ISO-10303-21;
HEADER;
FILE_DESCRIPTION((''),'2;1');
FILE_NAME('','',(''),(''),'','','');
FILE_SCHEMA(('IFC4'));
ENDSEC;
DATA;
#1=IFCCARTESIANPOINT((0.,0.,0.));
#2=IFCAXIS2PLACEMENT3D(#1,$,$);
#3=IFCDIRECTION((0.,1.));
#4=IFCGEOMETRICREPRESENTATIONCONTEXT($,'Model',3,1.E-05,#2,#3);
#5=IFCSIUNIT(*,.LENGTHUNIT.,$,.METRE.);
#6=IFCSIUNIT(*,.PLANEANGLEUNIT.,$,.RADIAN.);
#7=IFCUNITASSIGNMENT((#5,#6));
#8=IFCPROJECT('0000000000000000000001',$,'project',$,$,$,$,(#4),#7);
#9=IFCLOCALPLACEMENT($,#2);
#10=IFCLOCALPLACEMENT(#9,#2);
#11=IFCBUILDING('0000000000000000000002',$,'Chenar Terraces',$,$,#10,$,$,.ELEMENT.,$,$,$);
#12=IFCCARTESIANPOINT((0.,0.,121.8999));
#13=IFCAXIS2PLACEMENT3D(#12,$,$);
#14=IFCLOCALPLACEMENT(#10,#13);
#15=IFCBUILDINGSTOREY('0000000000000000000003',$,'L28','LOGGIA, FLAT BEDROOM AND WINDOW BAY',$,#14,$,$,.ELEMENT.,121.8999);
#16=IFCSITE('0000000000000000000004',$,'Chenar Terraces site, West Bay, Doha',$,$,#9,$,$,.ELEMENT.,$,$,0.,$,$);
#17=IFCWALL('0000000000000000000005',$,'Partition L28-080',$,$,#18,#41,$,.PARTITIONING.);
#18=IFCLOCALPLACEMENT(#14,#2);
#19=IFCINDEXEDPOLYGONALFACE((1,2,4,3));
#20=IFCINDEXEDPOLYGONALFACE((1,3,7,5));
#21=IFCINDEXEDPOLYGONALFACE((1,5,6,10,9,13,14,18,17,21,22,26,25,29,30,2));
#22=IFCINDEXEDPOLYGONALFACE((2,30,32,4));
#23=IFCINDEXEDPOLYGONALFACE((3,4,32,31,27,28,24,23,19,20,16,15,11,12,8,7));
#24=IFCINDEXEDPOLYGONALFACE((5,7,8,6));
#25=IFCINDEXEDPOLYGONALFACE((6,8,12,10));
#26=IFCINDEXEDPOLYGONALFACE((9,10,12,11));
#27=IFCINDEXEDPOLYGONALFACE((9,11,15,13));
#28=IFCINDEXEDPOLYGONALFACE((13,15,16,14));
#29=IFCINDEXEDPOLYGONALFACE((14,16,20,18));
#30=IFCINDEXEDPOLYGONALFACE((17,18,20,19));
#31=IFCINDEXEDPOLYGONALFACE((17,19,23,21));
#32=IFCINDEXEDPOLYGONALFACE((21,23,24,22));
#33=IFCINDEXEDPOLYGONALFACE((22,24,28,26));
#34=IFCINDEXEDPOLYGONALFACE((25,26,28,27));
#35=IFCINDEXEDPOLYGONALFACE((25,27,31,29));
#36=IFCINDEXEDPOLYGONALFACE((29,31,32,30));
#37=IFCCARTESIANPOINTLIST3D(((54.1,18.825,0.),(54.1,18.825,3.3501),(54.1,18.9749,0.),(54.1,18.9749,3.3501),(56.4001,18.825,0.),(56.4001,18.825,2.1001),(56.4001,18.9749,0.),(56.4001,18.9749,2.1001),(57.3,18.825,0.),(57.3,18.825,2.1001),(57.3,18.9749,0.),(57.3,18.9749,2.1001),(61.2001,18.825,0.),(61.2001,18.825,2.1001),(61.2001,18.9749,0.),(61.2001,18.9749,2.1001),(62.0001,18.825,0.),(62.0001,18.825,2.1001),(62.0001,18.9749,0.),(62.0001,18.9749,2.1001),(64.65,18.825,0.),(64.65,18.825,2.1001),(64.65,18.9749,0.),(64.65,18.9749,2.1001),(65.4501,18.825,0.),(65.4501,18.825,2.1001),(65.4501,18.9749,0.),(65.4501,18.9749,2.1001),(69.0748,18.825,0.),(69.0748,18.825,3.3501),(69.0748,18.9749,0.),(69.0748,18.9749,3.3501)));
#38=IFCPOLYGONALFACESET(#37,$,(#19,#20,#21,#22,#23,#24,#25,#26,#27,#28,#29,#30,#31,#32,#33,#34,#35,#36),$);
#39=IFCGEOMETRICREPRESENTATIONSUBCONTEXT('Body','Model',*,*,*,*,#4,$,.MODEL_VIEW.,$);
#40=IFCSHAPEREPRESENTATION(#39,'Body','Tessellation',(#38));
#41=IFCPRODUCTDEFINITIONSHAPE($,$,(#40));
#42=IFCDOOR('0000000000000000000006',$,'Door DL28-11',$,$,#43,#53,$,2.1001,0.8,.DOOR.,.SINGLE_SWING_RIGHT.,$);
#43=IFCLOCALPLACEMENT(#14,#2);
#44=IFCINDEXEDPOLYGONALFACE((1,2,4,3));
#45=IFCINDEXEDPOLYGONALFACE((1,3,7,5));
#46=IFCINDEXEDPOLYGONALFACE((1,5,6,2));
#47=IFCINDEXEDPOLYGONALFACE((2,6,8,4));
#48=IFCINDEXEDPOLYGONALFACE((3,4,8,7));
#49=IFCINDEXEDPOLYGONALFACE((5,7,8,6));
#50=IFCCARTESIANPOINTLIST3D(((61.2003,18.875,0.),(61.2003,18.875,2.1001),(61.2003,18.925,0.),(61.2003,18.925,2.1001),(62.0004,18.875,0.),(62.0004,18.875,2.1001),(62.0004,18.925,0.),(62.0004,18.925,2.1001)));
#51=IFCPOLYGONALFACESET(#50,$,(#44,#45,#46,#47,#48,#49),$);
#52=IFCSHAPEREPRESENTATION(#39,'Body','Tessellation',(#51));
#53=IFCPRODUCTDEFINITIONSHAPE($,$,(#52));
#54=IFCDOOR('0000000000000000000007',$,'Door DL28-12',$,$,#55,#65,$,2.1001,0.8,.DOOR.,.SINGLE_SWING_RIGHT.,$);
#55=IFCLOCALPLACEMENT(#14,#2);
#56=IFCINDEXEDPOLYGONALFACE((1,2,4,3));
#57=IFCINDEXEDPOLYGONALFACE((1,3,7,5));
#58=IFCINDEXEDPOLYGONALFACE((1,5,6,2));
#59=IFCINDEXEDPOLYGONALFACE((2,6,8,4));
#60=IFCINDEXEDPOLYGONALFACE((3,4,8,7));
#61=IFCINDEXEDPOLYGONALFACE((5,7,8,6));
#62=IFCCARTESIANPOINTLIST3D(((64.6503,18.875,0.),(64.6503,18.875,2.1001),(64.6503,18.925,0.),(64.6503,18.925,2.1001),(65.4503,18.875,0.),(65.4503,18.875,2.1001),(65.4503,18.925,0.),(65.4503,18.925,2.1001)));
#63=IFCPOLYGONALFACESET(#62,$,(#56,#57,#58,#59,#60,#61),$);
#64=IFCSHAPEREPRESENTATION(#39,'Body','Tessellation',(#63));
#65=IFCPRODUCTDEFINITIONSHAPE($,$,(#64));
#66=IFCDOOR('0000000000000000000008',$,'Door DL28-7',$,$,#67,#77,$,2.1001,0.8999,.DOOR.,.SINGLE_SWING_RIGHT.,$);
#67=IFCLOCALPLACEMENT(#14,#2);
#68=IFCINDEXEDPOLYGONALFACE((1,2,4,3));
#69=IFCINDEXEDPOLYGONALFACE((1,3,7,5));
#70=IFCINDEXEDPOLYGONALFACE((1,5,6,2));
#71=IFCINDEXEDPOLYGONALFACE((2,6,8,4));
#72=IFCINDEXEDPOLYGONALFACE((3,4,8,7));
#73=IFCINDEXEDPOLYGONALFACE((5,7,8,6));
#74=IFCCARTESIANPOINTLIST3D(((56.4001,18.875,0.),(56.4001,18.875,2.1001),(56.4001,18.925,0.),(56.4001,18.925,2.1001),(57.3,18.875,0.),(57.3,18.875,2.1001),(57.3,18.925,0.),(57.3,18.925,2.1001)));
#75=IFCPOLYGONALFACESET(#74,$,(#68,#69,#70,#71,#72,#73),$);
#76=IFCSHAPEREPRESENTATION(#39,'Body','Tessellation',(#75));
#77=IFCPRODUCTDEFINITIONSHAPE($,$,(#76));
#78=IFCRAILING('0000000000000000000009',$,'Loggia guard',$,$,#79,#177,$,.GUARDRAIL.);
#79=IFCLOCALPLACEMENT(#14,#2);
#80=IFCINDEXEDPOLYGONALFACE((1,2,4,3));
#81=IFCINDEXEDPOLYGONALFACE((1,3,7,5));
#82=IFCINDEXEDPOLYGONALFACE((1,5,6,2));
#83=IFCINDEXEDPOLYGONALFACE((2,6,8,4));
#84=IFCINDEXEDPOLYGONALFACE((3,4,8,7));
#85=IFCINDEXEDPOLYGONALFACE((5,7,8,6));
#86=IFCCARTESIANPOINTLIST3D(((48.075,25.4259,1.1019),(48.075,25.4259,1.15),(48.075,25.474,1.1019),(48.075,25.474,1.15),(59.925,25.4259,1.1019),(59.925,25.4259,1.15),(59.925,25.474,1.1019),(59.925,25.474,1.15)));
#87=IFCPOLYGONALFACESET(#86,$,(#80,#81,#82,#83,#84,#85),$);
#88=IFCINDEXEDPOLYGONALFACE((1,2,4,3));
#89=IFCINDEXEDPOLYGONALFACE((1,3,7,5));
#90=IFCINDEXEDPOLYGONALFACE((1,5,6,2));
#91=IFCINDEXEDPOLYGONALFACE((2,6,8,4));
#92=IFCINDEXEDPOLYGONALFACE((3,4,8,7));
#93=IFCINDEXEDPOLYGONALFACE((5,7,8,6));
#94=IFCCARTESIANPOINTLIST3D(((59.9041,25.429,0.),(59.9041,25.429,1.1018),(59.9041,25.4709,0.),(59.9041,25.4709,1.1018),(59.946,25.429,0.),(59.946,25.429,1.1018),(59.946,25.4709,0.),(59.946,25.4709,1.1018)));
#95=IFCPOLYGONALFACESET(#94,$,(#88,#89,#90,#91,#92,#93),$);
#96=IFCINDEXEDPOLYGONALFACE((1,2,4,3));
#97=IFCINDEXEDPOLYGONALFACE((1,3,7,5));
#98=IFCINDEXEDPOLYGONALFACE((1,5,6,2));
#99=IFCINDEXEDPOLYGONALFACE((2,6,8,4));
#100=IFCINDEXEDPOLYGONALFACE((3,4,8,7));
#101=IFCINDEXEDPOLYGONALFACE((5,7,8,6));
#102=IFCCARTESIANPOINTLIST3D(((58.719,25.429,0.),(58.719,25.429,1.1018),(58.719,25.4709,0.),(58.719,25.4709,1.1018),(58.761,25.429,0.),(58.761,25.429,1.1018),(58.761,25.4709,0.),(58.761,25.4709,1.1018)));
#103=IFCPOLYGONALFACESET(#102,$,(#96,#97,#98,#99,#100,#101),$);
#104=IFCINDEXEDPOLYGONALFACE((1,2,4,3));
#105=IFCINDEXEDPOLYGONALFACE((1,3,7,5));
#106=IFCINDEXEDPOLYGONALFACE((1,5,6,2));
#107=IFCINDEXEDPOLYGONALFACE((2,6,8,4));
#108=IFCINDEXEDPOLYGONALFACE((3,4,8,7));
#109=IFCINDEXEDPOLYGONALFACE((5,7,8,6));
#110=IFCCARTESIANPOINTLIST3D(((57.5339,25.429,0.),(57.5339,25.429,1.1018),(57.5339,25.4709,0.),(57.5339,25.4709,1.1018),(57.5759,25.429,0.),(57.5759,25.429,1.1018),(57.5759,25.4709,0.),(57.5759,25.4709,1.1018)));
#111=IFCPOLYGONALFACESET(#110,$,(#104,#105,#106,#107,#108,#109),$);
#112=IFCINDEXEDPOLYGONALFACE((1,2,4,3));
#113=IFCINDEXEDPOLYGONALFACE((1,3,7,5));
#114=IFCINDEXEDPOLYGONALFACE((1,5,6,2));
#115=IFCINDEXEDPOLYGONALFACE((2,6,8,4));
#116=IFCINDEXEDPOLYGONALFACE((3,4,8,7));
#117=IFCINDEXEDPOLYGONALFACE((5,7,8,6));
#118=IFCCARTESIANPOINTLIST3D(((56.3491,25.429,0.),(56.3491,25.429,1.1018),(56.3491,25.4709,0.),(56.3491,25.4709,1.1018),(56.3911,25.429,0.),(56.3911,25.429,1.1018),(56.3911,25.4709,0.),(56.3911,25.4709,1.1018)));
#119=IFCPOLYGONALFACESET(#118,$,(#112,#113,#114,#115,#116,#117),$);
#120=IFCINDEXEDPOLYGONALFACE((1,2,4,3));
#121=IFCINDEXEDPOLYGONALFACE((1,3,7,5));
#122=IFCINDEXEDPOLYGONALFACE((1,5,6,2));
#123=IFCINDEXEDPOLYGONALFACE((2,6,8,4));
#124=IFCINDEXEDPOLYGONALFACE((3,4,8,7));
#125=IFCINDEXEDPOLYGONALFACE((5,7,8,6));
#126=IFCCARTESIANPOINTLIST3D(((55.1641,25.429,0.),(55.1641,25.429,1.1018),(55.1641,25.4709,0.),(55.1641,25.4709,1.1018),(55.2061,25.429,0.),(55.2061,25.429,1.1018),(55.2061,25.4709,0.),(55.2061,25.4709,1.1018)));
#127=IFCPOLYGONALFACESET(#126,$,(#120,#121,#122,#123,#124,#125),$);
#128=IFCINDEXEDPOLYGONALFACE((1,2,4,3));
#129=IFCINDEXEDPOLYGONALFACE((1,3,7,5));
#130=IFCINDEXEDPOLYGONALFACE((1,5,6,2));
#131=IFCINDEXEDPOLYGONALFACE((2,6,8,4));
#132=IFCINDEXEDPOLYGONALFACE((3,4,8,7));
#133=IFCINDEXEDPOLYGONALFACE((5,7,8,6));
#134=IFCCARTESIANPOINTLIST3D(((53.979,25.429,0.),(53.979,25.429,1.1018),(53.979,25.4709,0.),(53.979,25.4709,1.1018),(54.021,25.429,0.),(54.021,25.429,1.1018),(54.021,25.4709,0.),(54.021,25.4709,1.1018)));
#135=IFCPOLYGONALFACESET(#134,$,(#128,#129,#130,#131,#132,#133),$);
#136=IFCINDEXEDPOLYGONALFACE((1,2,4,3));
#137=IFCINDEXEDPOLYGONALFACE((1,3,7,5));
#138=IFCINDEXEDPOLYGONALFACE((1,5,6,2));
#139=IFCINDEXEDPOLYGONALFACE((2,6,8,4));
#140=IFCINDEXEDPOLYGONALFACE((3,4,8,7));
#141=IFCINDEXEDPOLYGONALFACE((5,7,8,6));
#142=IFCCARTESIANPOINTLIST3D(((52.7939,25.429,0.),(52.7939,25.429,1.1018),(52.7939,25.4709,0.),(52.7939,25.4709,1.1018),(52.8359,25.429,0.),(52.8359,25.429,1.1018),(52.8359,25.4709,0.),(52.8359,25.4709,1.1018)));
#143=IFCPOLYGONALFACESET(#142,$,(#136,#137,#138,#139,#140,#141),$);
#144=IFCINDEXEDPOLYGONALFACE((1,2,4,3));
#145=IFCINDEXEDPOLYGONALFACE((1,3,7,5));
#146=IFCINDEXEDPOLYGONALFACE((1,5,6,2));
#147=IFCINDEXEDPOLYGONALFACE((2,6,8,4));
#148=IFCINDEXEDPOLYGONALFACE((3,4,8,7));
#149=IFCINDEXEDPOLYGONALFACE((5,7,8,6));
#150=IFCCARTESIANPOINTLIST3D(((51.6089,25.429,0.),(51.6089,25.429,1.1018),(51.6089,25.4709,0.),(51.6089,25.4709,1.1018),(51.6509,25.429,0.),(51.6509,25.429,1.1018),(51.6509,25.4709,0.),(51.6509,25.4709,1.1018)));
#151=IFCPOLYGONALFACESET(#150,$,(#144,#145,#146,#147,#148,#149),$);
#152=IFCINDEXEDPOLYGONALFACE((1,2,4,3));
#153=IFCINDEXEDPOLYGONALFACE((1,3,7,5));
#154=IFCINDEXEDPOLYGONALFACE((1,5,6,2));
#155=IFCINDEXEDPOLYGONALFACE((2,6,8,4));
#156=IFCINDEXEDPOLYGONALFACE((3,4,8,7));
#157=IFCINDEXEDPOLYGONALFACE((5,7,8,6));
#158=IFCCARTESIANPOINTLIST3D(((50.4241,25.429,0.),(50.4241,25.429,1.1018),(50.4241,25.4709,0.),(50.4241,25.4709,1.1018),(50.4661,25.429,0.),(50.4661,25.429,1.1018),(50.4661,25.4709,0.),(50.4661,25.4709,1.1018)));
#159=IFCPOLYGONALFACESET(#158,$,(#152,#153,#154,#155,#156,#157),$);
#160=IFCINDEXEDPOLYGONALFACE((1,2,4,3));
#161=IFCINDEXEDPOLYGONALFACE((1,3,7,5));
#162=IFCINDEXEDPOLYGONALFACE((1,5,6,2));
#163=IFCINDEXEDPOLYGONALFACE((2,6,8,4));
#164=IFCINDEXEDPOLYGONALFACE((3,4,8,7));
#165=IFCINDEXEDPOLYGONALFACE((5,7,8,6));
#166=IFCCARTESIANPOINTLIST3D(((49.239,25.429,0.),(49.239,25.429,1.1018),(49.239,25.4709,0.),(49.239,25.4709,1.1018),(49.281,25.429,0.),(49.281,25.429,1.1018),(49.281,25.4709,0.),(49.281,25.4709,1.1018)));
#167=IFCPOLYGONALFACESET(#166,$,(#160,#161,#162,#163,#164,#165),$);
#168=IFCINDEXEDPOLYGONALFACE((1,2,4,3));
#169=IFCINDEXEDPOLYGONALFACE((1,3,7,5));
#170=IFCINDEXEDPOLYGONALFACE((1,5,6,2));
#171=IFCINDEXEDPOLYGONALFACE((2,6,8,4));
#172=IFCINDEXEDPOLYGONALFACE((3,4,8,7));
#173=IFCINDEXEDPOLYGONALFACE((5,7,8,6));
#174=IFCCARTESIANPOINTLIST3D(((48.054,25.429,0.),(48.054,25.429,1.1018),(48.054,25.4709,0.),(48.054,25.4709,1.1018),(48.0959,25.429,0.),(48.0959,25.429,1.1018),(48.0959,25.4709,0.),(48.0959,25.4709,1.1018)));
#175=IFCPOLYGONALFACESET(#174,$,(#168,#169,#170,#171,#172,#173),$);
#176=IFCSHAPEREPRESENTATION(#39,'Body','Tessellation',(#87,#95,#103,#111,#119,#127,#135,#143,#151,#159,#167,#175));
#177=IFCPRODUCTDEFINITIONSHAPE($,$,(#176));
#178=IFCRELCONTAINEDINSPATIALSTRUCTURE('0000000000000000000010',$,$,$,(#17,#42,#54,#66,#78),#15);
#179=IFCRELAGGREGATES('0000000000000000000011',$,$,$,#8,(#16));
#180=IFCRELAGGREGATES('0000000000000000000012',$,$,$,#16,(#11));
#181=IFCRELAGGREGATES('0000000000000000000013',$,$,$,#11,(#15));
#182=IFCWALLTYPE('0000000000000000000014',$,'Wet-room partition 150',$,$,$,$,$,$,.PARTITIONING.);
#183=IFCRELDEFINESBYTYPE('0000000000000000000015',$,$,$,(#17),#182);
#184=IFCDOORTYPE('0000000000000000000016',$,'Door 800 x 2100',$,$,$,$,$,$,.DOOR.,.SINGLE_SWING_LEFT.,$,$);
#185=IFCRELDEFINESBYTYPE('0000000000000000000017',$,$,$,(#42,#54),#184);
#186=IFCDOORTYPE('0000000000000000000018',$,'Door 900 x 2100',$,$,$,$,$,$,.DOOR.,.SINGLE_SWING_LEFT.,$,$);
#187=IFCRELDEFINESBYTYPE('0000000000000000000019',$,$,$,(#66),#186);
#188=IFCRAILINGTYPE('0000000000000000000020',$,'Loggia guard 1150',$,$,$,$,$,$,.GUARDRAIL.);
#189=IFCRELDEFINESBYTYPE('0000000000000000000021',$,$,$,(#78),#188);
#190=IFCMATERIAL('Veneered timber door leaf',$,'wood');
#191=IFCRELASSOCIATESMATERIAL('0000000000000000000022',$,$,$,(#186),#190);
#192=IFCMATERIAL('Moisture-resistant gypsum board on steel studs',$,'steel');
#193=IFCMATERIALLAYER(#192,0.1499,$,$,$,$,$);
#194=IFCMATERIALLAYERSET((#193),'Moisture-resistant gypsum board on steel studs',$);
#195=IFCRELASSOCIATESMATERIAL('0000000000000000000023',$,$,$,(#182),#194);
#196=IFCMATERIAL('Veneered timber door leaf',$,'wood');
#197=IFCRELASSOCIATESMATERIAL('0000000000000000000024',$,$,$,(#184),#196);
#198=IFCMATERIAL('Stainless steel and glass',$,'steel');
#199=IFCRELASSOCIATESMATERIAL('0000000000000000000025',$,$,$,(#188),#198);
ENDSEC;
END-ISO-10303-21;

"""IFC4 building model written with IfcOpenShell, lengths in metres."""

from ifc_helpers import new_model, si_unit, direction, frame, frame_2d, origin, origin_2d, place, context, subcontext, project, spatial, rectangle, extrude, material, layer, layer_set, type_object, element, fill, save


model = new_model("IFC4")

# Units and contexts
model_context = context("Model", 3, precision=1e-05, world=origin(), true_north=direction((0.0, 1.0)))
body_context = subcontext(model_context, "Body", "Model", "MODEL_VIEW")
ifc_project = project(units=[si_unit("LENGTHUNIT", "METRE"), si_unit("PLANEANGLEUNIT", "RADIAN")], contexts=[model_context])

# Site, building, storey
site_placement = place(None, origin())
site = spatial("IfcSite", under=ifc_project, at=site_placement, Name="Chenar Terraces site, West Bay, Doha", CompositionType="ELEMENT", RefElevation=0.0)
building_placement = place(site_placement, origin())
building = spatial("IfcBuilding", under=site, at=building_placement, Name="Chenar Terraces", CompositionType="ELEMENT")
storey_placement = place(building_placement, frame((0.0, 0.0, 121.8999)))
storey = spatial("IfcBuildingStorey", under=building, at=storey_placement, Name="L28", Description="LOGGIA, FLAT BEDROOM AND WINDOW BAY", CompositionType="ELEMENT", Elevation=121.8999)

# Shared definitions
ifc_material_1 = material(Name="Veneered timber door leaf", Category="wood")
door_type_1 = type_object("IfcDoorType", Name="Door 900 x 2100", OperationType="SINGLE_SWING_LEFT", PredefinedType="DOOR", material=ifc_material_1)

# Wall, openings, doors
ifc_material_2 = material(Name="Moisture-resistant gypsum board on steel studs", Category="steel")
ifc_layer_1 = layer(ifc_material_2, 0.1499)
ifc_layer_set_1 = layer_set([ifc_layer_1], Name="Moisture-resistant gypsum board on steel studs")
wall_type_1 = type_object("IfcWallType", Name="Wet-room partition 150", PredefinedType="PARTITIONING", material=ifc_layer_set_1)
wall_1_placement = place(storey_placement, frame((54.1001, 18.8999, 0.0), z_axis=(0.0, 0.0, 1.0), x_axis=(1.0, 0.0, 0.0)))
wall_1 = element("IfcWall", 1, at=wall_1_placement, inside=storey, type_object=wall_type_1, Name="Partition L28-080", PredefinedType="PARTITIONING", context=body_context, shape_type="SweptSolid", body=[
    extrude(rectangle(XDim=14.9749, YDim=0.1499, at=frame_2d((7.4873, 0.0))), origin(), (0.0, 0.0, 1.0), 3.3501),
])
opening_1_placement = place(wall_1_placement, frame((2.3, 0.0, 0.0)))
opening_1 = element("IfcOpeningElement", 2, at=opening_1_placement, cuts=wall_1, PredefinedType="OPENING", context=body_context, shape_type="SweptSolid", body=[
    extrude(rectangle(XDim=0.8999, YDim=2.1001, at=frame_2d((0.45, 1.05))), frame((0.0, 0.085, 0.0), z_axis=(0.0, -1.0, 0.0), x_axis=(1.0, 0.0, 0.0)), (0.0, 0.0, 1.0), 0.1699),
])
opening_2_placement = place(wall_1_placement, frame((7.1001, 0.0, 0.0)))
opening_2 = element("IfcOpeningElement", 3, at=opening_2_placement, cuts=wall_1, PredefinedType="OPENING", context=body_context, shape_type="SweptSolid", body=[
    extrude(rectangle(XDim=0.8, YDim=2.1001, at=frame_2d((0.3999, 1.05))), frame((0.0, 0.085, 0.0), z_axis=(0.0, -1.0, 0.0), x_axis=(1.0, 0.0, 0.0)), (0.0, 0.0, 1.0), 0.1699),
])
opening_3_placement = place(wall_1_placement, frame((10.55, 0.0, 0.0)))
opening_3 = element("IfcOpeningElement", 4, at=opening_3_placement, cuts=wall_1, PredefinedType="OPENING", context=body_context, shape_type="SweptSolid", body=[
    extrude(rectangle(XDim=0.8, YDim=2.1001, at=frame_2d((0.3999, 1.05))), frame((0.0, 0.085, 0.0), z_axis=(0.0, -1.0, 0.0), x_axis=(1.0, 0.0, 0.0)), (0.0, 0.0, 1.0), 0.1699),
])
ifc_material_3 = material(Name="Veneered timber door leaf", Category="wood")
door_type_2 = type_object("IfcDoorType", Name="Door 800 x 2100", OperationType="SINGLE_SWING_LEFT", PredefinedType="DOOR", material=ifc_material_3)
door_1_placement = place(opening_2_placement, frame((0.8, 0.0, 0.0), z_axis=(0.0, 0.0, 1.0), x_axis=(-1.0, 0.0, 0.0)))
door_1 = element("IfcDoor", 5, at=door_1_placement, inside=storey, type_object=door_type_2, Name="Door DL28-11", OperationType="SINGLE_SWING_RIGHT", OverallHeight=2.1001, OverallWidth=0.8, PredefinedType="DOOR", context=body_context, shape_type="SweptSolid", body=[
    extrude(rectangle(XDim=0.8, YDim=2.1001, at=frame_2d((0.3999, 1.05))), frame((0.0, 0.0249, 0.0), z_axis=(0.0, -1.0, 0.0), x_axis=(1.0, 0.0, 0.0)), (0.0, 0.0, 1.0), 0.05),
])
fill(opening_2, door_1)
door_2_placement = place(opening_3_placement, frame((0.8, 0.0, 0.0), z_axis=(0.0, 0.0, 1.0), x_axis=(-1.0, 0.0, 0.0)))
door_2 = element("IfcDoor", 6, at=door_2_placement, inside=storey, type_object=door_type_2, Name="Door DL28-12", OperationType="SINGLE_SWING_RIGHT", OverallHeight=2.1001, OverallWidth=0.8, PredefinedType="DOOR", context=body_context, shape_type="SweptSolid", body=[
    extrude(rectangle(XDim=0.8, YDim=2.1001, at=frame_2d((0.3999, 1.05))), frame((0.0, 0.0249, 0.0), z_axis=(0.0, -1.0, 0.0), x_axis=(1.0, 0.0, 0.0)), (0.0, 0.0, 1.0), 0.05),
])
fill(opening_3, door_2)
door_3_placement = place(opening_1_placement, frame((0.8999, 0.0, 0.0), z_axis=(0.0, 0.0, 1.0), x_axis=(-1.0, 0.0, 0.0)))
door_3 = element("IfcDoor", 7, at=door_3_placement, inside=storey, type_object=door_type_1, Name="Door DL28-7", OperationType="SINGLE_SWING_RIGHT", OverallHeight=2.1001, OverallWidth=0.8999, PredefinedType="DOOR", context=body_context, shape_type="SweptSolid", body=[
    extrude(rectangle(XDim=0.8999, YDim=2.1001, at=frame_2d((0.45, 1.05))), frame((0.0, 0.0249, 0.0), z_axis=(0.0, -1.0, 0.0), x_axis=(1.0, 0.0, 0.0)), (0.0, 0.0, 1.0), 0.05),
])
fill(opening_1, door_3)

# Railing
ifc_material_4 = material(Name="Stainless steel and glass", Category="steel")
railing_type_1 = type_object("IfcRailingType", Name="Loggia guard 1150", PredefinedType="GUARDRAIL", material=ifc_material_4)
railing_1_placement = place(storey_placement, frame((59.925, 25.45, 0.0)))
element("IfcRailing", 8, at=railing_1_placement, inside=storey, type_object=railing_type_1, Name="Loggia guard", PredefinedType="GUARDRAIL", context=body_context, shape_type="SweptSolid", body=[
    extrude(rectangle(XDim=0.0481, YDim=0.0481, at=origin_2d()), frame((0.0, 0.0, 1.126), z_axis=(-1.0, 0.0, 0.0), x_axis=(0.0, -1.0, 0.0)), (0.0, 0.0, 1.0), 11.8501),
    extrude(rectangle(XDim=0.042, YDim=0.042, at=origin_2d()), origin(), (0.0, 0.0, 1.0), 1.1018),
    extrude(rectangle(XDim=0.042, YDim=0.042, at=origin_2d()), frame((-1.1851, 0.0, 0.0)), (0.0, 0.0, 1.0), 1.1018),
    extrude(rectangle(XDim=0.042, YDim=0.042, at=origin_2d()), frame((-2.3701, 0.0, 0.0)), (0.0, 0.0, 1.0), 1.1018),
    extrude(rectangle(XDim=0.042, YDim=0.042, at=origin_2d()), frame((-3.5549, 0.0, 0.0)), (0.0, 0.0, 1.0), 1.1018),
    extrude(rectangle(XDim=0.042, YDim=0.042, at=origin_2d()), frame((-4.74, 0.0, 0.0)), (0.0, 0.0, 1.0), 1.1018),
    extrude(rectangle(XDim=0.042, YDim=0.042, at=origin_2d()), frame((-5.925, 0.0, 0.0)), (0.0, 0.0, 1.0), 1.1018),
    extrude(rectangle(XDim=0.042, YDim=0.042, at=origin_2d()), frame((-7.1101, 0.0, 0.0)), (0.0, 0.0, 1.0), 1.1018),
    extrude(rectangle(XDim=0.042, YDim=0.042, at=origin_2d()), frame((-8.2952, 0.0, 0.0)), (0.0, 0.0, 1.0), 1.1018),
    extrude(rectangle(XDim=0.042, YDim=0.042, at=origin_2d()), frame((-9.48, 0.0, 0.0)), (0.0, 0.0, 1.0), 1.1018),
    extrude(rectangle(XDim=0.042, YDim=0.042, at=origin_2d()), frame((-10.665, 0.0, 0.0)), (0.0, 0.0, 1.0), 1.1018),
    extrude(rectangle(XDim=0.042, YDim=0.042, at=origin_2d()), frame((-11.8501, 0.0, 0.0)), (0.0, 0.0, 1.0), 1.1018),
])

save(model, "model.ifc")
